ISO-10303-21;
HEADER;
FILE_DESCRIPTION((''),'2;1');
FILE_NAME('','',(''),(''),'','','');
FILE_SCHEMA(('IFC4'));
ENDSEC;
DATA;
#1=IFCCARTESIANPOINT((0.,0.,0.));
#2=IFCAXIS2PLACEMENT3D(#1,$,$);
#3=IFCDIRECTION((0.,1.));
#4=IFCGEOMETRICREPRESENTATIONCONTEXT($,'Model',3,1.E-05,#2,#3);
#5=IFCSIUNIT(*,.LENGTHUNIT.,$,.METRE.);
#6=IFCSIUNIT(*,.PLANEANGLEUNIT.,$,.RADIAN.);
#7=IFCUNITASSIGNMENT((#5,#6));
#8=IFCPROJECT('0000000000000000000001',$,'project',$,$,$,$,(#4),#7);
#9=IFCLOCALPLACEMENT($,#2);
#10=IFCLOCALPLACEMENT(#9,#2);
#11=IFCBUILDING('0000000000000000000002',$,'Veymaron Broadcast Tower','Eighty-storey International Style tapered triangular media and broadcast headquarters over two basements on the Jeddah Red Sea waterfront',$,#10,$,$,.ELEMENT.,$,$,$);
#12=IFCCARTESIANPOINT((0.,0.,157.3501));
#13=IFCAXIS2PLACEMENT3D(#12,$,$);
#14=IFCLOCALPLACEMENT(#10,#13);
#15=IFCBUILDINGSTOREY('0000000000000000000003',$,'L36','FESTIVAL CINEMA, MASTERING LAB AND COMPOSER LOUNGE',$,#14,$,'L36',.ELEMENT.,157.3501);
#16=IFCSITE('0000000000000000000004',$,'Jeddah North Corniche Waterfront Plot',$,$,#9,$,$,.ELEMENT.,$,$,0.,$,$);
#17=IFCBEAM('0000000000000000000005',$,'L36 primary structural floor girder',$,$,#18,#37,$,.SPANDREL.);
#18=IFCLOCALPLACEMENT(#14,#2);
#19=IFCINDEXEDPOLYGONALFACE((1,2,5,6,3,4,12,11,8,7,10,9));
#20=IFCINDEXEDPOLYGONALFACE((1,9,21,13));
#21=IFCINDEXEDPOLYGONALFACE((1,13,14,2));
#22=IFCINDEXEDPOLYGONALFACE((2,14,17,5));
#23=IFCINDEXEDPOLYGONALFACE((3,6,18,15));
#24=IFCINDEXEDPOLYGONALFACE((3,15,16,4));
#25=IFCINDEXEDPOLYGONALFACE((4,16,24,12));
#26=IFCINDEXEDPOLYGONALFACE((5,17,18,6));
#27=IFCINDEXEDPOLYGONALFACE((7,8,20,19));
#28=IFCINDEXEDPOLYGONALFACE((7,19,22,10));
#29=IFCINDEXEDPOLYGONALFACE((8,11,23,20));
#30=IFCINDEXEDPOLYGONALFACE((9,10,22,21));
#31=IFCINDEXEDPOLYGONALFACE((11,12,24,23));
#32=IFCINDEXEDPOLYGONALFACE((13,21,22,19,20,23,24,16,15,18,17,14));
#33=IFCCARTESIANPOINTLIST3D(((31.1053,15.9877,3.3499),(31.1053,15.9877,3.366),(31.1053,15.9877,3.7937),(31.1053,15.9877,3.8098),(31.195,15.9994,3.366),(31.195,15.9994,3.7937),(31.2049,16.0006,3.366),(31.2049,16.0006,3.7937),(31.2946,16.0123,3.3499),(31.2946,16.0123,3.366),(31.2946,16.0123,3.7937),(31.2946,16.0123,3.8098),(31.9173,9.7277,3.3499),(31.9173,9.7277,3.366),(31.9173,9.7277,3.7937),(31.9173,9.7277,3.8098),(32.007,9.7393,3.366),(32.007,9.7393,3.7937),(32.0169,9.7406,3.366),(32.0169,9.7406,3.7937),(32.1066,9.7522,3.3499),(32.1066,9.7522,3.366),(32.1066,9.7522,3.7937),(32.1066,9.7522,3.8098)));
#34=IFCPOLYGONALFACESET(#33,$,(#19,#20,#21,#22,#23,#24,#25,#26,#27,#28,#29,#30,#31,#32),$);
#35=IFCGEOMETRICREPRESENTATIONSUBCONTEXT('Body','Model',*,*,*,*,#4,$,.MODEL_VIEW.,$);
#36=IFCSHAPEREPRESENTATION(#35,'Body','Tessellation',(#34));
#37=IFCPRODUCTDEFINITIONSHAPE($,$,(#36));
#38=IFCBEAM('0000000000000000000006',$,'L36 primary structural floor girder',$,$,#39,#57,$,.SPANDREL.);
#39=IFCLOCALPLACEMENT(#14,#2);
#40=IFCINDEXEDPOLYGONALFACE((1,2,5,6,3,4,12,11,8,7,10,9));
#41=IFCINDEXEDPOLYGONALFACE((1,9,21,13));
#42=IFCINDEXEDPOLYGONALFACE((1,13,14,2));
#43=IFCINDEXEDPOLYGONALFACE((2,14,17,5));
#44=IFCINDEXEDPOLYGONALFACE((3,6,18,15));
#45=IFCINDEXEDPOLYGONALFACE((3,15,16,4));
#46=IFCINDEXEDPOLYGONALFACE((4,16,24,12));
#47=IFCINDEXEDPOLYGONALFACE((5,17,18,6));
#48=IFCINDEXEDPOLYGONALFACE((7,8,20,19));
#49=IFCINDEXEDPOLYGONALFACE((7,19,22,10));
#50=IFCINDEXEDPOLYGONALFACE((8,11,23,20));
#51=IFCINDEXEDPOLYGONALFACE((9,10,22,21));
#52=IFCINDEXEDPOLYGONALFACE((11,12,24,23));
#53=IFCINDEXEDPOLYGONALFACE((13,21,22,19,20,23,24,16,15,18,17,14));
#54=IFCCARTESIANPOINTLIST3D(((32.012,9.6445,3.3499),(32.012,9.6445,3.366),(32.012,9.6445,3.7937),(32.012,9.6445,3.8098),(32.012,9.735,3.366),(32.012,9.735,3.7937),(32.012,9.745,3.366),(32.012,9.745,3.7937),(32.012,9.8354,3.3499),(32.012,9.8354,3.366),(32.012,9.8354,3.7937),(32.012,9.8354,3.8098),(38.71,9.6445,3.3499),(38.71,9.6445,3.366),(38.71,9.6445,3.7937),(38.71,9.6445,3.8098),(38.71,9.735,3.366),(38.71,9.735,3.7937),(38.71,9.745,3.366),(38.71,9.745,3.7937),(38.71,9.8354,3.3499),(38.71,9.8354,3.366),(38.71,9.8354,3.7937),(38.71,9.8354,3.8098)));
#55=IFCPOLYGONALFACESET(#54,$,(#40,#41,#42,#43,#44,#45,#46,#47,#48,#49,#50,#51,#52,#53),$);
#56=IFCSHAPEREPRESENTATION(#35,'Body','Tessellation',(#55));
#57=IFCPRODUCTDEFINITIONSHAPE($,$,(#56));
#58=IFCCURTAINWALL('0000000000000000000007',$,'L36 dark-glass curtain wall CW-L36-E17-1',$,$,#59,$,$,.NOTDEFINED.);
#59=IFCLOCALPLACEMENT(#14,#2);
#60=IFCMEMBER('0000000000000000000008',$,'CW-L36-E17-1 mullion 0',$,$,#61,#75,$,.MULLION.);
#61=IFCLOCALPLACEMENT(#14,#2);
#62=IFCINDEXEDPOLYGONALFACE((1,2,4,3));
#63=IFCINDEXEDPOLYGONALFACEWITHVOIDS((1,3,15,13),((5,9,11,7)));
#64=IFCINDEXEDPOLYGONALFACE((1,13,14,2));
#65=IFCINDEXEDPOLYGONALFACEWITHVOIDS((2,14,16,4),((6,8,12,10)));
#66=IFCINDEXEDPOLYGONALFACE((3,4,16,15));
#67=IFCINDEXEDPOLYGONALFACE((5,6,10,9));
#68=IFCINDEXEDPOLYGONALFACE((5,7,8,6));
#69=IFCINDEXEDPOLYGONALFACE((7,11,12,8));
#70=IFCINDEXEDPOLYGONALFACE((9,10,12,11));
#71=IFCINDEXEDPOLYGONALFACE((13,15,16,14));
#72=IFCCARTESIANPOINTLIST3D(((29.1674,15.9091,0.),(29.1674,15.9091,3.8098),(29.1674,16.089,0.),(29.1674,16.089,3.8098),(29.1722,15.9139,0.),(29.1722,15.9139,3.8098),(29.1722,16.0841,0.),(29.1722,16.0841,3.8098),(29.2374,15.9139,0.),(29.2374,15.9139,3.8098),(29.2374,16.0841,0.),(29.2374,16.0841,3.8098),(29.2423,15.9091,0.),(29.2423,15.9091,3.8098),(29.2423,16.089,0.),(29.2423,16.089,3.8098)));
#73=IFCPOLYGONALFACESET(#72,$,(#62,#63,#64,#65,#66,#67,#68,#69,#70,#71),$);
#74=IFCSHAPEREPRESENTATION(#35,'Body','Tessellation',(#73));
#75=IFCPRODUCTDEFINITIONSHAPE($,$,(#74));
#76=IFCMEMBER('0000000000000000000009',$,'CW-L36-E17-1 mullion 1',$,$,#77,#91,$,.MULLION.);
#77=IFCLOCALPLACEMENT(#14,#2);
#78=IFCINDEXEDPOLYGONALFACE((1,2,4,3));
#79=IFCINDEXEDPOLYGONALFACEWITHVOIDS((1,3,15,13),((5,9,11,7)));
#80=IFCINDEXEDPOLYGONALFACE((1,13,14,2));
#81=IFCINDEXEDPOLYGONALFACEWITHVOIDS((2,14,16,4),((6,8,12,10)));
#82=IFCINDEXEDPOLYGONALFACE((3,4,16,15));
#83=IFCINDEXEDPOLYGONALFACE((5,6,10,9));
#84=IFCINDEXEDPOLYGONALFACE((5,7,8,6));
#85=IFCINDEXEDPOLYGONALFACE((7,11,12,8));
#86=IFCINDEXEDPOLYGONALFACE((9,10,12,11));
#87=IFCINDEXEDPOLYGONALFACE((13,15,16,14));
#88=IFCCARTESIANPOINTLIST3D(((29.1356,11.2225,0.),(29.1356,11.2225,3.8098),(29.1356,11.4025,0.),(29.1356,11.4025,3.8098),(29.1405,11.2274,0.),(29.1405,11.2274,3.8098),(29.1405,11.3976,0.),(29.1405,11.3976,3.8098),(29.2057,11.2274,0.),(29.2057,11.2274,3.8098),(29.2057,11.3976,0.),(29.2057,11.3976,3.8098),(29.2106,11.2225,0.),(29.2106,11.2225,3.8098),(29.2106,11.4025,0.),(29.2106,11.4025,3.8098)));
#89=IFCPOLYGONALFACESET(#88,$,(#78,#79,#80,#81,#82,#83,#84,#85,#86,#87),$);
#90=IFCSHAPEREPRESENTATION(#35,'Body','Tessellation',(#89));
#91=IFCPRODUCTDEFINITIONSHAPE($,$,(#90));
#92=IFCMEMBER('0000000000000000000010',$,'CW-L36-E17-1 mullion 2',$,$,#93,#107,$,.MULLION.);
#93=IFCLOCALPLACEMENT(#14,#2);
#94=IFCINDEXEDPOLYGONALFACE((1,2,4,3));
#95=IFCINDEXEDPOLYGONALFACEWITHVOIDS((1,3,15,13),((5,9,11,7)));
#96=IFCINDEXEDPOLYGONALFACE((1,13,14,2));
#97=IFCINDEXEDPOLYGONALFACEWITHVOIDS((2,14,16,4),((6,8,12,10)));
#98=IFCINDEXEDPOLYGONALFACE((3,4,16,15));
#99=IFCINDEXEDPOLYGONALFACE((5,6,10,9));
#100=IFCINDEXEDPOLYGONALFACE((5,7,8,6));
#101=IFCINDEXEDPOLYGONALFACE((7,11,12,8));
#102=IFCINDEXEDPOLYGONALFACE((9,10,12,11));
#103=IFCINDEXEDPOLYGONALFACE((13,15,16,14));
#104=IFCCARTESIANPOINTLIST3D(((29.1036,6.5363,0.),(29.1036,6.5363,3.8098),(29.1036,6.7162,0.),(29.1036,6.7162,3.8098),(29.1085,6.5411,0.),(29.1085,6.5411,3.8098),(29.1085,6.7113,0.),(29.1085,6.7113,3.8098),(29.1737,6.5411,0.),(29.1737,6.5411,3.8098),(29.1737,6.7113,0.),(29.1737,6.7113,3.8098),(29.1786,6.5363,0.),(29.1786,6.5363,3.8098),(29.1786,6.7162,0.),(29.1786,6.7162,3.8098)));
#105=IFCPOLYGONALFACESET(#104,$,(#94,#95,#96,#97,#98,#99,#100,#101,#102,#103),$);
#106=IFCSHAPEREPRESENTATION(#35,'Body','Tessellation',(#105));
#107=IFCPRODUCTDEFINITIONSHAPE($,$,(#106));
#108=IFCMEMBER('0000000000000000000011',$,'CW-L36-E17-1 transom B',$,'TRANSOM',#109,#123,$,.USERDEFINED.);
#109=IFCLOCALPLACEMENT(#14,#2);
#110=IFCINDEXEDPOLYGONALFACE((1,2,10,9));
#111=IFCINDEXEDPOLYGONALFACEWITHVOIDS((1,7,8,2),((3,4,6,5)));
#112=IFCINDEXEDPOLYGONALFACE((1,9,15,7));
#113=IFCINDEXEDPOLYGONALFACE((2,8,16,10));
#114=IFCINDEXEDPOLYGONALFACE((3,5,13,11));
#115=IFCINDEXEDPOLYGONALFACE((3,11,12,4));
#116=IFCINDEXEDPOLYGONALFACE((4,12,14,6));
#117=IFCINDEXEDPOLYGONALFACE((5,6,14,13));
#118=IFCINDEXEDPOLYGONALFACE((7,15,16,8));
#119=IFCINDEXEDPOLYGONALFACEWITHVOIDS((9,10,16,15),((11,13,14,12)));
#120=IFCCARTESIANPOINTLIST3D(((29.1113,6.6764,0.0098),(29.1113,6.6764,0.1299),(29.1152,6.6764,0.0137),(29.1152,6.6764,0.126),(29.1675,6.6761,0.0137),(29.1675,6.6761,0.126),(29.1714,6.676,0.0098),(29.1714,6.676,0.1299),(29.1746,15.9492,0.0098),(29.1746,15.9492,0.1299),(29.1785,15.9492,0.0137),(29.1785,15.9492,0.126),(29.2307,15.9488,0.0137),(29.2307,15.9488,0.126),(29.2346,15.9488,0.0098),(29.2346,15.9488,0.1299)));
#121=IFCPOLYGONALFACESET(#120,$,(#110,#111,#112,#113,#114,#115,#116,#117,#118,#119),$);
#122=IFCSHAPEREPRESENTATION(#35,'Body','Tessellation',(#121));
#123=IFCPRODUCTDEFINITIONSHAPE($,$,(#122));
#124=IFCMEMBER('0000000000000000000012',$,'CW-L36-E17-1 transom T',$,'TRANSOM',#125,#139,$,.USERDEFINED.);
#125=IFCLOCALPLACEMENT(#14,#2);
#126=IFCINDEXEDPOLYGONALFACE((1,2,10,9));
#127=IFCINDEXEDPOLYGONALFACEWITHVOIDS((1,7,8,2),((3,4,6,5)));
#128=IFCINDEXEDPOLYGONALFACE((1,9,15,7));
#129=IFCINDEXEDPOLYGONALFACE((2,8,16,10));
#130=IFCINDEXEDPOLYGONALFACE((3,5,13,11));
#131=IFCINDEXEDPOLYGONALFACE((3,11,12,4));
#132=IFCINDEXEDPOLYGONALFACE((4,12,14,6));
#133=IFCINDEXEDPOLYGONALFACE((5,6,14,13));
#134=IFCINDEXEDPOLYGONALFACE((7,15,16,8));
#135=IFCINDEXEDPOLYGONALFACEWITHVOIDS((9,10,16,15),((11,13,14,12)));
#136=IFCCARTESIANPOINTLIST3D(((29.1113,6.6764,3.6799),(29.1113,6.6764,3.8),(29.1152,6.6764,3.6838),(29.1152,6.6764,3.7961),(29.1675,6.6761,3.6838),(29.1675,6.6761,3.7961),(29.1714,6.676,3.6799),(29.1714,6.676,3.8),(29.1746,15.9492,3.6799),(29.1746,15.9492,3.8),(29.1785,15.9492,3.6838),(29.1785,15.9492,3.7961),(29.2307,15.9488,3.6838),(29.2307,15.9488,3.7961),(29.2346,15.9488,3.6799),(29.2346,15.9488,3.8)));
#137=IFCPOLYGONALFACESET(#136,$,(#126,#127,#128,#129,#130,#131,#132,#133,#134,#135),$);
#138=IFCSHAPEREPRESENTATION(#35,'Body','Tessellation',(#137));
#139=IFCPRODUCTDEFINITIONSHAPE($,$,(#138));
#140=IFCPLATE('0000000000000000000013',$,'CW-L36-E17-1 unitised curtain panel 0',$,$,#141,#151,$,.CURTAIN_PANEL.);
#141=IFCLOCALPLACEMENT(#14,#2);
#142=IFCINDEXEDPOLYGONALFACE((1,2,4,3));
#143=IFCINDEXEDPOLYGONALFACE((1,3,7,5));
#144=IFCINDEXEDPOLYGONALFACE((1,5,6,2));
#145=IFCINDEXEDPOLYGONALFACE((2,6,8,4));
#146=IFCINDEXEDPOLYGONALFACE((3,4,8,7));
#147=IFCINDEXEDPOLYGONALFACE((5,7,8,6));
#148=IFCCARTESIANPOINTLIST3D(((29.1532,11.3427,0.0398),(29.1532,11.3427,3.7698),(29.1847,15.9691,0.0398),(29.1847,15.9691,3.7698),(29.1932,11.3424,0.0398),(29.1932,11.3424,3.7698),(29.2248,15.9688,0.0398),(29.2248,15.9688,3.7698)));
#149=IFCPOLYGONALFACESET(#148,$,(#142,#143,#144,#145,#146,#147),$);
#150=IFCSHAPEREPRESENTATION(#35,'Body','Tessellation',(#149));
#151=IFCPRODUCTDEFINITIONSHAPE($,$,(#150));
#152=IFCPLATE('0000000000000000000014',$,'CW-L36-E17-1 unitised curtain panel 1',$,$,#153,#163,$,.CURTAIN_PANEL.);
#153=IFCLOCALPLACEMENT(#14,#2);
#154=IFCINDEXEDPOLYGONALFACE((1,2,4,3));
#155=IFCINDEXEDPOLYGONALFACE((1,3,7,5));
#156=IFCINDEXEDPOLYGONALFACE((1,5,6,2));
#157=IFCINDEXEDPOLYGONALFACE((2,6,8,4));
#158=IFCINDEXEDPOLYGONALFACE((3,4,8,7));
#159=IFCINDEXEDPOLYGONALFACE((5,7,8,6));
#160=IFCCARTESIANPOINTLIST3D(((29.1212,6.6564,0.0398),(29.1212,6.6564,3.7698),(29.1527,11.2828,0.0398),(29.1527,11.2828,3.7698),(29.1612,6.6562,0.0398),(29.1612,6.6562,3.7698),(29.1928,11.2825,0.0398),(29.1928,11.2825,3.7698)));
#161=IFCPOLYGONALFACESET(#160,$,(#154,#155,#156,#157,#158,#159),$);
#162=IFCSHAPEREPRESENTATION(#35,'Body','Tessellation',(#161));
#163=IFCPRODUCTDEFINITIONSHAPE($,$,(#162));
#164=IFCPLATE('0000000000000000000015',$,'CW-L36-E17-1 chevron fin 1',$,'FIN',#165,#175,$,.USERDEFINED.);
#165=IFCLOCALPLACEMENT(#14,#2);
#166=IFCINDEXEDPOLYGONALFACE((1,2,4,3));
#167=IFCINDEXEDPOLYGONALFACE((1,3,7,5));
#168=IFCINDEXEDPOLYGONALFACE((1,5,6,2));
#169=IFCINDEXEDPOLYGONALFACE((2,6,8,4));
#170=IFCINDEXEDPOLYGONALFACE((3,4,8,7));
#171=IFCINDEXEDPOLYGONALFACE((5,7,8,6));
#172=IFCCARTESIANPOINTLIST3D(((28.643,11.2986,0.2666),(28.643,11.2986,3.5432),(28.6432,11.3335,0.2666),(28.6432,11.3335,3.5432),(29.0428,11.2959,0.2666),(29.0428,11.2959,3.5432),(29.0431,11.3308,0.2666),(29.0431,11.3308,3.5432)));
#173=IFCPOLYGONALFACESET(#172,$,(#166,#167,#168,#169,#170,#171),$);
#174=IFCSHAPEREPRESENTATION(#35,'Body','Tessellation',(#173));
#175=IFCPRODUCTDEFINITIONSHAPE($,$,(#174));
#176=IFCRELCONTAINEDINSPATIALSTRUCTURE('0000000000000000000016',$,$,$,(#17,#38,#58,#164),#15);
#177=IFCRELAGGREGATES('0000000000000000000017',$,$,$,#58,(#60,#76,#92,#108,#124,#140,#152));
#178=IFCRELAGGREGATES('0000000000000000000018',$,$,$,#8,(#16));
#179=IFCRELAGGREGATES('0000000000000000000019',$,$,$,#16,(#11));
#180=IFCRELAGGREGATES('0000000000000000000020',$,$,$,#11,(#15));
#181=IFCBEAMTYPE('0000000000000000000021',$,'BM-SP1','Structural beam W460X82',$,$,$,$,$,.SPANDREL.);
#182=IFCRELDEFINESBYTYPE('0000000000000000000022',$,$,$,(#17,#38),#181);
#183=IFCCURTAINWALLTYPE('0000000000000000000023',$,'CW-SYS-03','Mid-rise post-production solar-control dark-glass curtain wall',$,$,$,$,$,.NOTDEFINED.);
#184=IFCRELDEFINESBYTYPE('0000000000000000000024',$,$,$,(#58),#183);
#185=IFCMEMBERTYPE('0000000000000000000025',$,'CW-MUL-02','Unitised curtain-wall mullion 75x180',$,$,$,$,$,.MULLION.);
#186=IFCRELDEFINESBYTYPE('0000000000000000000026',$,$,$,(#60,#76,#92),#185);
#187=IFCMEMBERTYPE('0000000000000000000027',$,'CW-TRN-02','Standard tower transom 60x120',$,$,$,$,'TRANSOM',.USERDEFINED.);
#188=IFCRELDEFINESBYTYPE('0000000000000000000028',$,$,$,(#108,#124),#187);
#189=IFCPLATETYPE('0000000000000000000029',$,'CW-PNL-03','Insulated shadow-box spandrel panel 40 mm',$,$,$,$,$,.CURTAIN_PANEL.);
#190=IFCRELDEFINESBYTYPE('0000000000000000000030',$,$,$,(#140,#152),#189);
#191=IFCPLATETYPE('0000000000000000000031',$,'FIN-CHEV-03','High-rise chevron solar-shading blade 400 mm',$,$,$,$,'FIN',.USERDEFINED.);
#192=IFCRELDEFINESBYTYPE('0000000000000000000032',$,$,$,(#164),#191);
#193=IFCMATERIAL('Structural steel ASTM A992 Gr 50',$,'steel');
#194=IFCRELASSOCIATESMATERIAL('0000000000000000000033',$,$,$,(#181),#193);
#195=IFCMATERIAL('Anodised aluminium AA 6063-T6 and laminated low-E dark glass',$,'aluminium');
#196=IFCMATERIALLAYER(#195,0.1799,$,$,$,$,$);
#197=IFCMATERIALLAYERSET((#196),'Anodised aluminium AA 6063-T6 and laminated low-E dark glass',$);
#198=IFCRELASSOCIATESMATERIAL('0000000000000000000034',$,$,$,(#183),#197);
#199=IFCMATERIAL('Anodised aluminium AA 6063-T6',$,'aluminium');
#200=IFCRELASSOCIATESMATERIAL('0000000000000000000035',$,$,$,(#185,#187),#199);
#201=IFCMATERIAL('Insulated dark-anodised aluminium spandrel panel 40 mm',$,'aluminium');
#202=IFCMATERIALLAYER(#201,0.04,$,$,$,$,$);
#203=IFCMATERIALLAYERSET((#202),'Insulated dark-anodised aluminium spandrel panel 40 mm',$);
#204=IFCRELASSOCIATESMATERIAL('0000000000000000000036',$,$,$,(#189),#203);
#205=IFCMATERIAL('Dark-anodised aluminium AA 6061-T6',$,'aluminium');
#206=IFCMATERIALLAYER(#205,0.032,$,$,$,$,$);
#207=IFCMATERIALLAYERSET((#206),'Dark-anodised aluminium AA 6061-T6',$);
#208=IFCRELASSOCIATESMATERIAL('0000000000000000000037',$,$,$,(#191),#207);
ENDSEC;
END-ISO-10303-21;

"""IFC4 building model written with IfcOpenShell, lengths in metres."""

from ifc_helpers import new_model, si_unit, direction, frame, origin, origin_2d, place, context, subcontext, project, spatial, rectangle, hollow_rectangle, i_section, extrude, material, layer, layer_set, material_profile, profile_set, type_object, element, aggregate, save


model = new_model("IFC4")

# Units and contexts
model_context = context("Model", 3, precision=1e-05, world=origin(), true_north=direction((0.0, 1.0)))
body_context = subcontext(model_context, "Body", "Model", "MODEL_VIEW")
ifc_project = project(units=[si_unit("LENGTHUNIT", "METRE"), si_unit("PLANEANGLEUNIT", "RADIAN")], contexts=[model_context])

# Site, building, storey
site_placement = place(None, origin())
site = spatial("IfcSite", under=ifc_project, at=site_placement, Name="Jeddah North Corniche Waterfront Plot", CompositionType="ELEMENT", RefElevation=0.0)
building_placement = place(site_placement, origin())
building = spatial("IfcBuilding", under=site, at=building_placement, Name="Veymaron Broadcast Tower", Description="Eighty-storey International Style tapered triangular media and broadcast headquarters over two basements on the Jeddah Red Sea waterfront", CompositionType="ELEMENT")
storey_placement = place(building_placement, frame((0.0, 0.0, 157.3501)))
storey = spatial("IfcBuildingStorey", under=building, at=storey_placement, Name="L36", Description="FESTIVAL CINEMA, MASTERING LAB AND COMPOSER LOUNGE", LongName="L36", CompositionType="ELEMENT", Elevation=157.3501)

# Shared definitions
ifc_material_1 = material(Name="Structural steel ASTM A992 Gr 50", Category="steel")

# Beams
ifc_material_profile_1 = material_profile(ifc_material_1, i_section(OverallWidth=0.1909, OverallDepth=0.46, WebThickness=0.01, FlangeThickness=0.0161, at=origin_2d()), Name="W460X82")
ifc_profile_set_1 = profile_set([ifc_material_profile_1], Name="Structural steel ASTM A992 Gr 50")
beam_type_1 = type_object("IfcBeamType", Name="BM-SP1", Description="Structural beam W460X82", PredefinedType="SPANDREL", material=ifc_profile_set_1)
beam_1_placement = place(storey_placement, frame((31.2, 16.0, 3.5798), z_axis=(0.128636, -0.991692, 0.0), x_axis=(0.991692, 0.128636, 0.0)))
element("IfcBeam", 1, at=beam_1_placement, inside=storey, type_object=beam_type_1, Name="L36 primary structural floor girder", PredefinedType="SPANDREL", context=body_context, shape_type="SweptSolid", body=[
    extrude(i_section(OverallWidth=0.1909, OverallDepth=0.46, WebThickness=0.01, FlangeThickness=0.0161, at=origin_2d()), origin(), (0.0, 0.0, 1.0), 6.3125),
])
beam_2_placement = place(storey_placement, frame((32.012, 9.74, 3.5798), z_axis=(1.0, 0.0, 0.0), x_axis=(0.0, 1.0, 0.0)))
element("IfcBeam", 2, at=beam_2_placement, inside=storey, type_object=beam_type_1, Name="L36 primary structural floor girder", PredefinedType="SPANDREL", context=body_context, shape_type="SweptSolid", body=[
    extrude(i_section(OverallWidth=0.1909, OverallDepth=0.46, WebThickness=0.01, FlangeThickness=0.0161, at=origin_2d()), origin(), (0.0, 0.0, 1.0), 6.698),
])

# Curtain wall, members, plates
ifc_material_2 = material(Name="Anodised aluminium AA 6063-T6 and laminated low-E dark glass", Category="aluminium")
ifc_layer_1 = layer(ifc_material_2, 0.1799)
ifc_layer_set_1 = layer_set([ifc_layer_1], Name="Anodised aluminium AA 6063-T6 and laminated low-E dark glass")
curtain_wall_type = type_object("IfcCurtainWallType", Name="CW-SYS-03", Description="Mid-rise post-production solar-control dark-glass curtain wall", PredefinedType="NOTDEFINED", material=ifc_layer_set_1)
curtain_wall_placement = place(storey_placement, origin())
curtain_wall = element("IfcCurtainWall", 3, at=curtain_wall_placement, inside=storey, type_object=curtain_wall_type, Name="L36 dark-glass curtain wall CW-L36-E17-1", PredefinedType="NOTDEFINED")
ifc_material_3 = material(Name="Anodised aluminium AA 6063-T6", Category="aluminium")
ifc_material_profile_2 = material_profile(ifc_material_3, hollow_rectangle(XDim=0.075, YDim=0.1799, WallThickness=0.0049, at=origin_2d()), Name="AL180X75X5")
ifc_profile_set_2 = profile_set([ifc_material_profile_2], Name="Anodised aluminium AA 6063-T6")
member_type_1 = type_object("IfcMemberType", Name="CW-MUL-02", Description="Unitised curtain-wall mullion 75x180", PredefinedType="MULLION", material=ifc_profile_set_2)
member_1_placement = place(storey_placement, frame((29.2048, 15.999, 0.0), z_axis=(0.0, 0.0, 1.0), x_axis=(1.0, 0.0, 0.0)))
member_1 = element("IfcMember", 4, at=member_1_placement, type_object=member_type_1, Name="CW-L36-E17-1 mullion 0", PredefinedType="MULLION", context=body_context, shape_type="SweptSolid", body=[
    extrude(hollow_rectangle(XDim=0.075, YDim=0.1799, WallThickness=0.0049, at=origin_2d()), origin(), (0.0, 0.0, 1.0), 3.8098),
])
member_2_placement = place(storey_placement, frame((29.1731, 11.3125, 0.0), z_axis=(0.0, 0.0, 1.0), x_axis=(1.0, 0.0, 0.0)))
member_2 = element("IfcMember", 5, at=member_2_placement, type_object=member_type_1, Name="CW-L36-E17-1 mullion 1", PredefinedType="MULLION", context=body_context, shape_type="SweptSolid", body=[
    extrude(hollow_rectangle(XDim=0.075, YDim=0.1799, WallThickness=0.0049, at=origin_2d()), origin(), (0.0, 0.0, 1.0), 3.8098),
])
member_3_placement = place(storey_placement, frame((29.1411, 6.6262, 0.0), z_axis=(0.0, 0.0, 1.0), x_axis=(1.0, 0.0, 0.0)))
member_3 = element("IfcMember", 6, at=member_3_placement, type_object=member_type_1, Name="CW-L36-E17-1 mullion 2", PredefinedType="MULLION", context=body_context, shape_type="SweptSolid", body=[
    extrude(hollow_rectangle(XDim=0.075, YDim=0.1799, WallThickness=0.0049, at=origin_2d()), origin(), (0.0, 0.0, 1.0), 3.8098),
])
ifc_material_profile_3 = material_profile(ifc_material_3, hollow_rectangle(XDim=0.0601, YDim=0.1201, WallThickness=0.0039, at=origin_2d()), Name="AL120X60X4")
ifc_profile_set_3 = profile_set([ifc_material_profile_3], Name="Anodised aluminium AA 6063-T6")
member_type_2 = type_object("IfcMemberType", Name="CW-TRN-02", Description="Standard tower transom 60x120", ElementType="TRANSOM", PredefinedType="USERDEFINED", material=ifc_profile_set_3)
member_4_placement = place(storey_placement, frame((29.2046, 15.949, 0.0698), z_axis=(-0.006819, -0.999977, 0.0), x_axis=(0.999977, -0.006819, 0.0)))
member_4 = element("IfcMember", 7, at=member_4_placement, type_object=member_type_2, Name="CW-L36-E17-1 transom B", ObjectType="TRANSOM", PredefinedType="USERDEFINED", context=body_context, shape_type="SweptSolid", body=[
    extrude(hollow_rectangle(XDim=0.0601, YDim=0.1201, WallThickness=0.0039, at=origin_2d()), origin(), (0.0, 0.0, 1.0), 9.2729),
])
member_5_placement = place(storey_placement, frame((29.2046, 15.949, 3.74), z_axis=(-0.006819, -0.999977, 0.0), x_axis=(0.999977, -0.006819, 0.0)))
member_5 = element("IfcMember", 8, at=member_5_placement, type_object=member_type_2, Name="CW-L36-E17-1 transom T", ObjectType="TRANSOM", PredefinedType="USERDEFINED", context=body_context, shape_type="SweptSolid", body=[
    extrude(hollow_rectangle(XDim=0.0601, YDim=0.1201, WallThickness=0.0039, at=origin_2d()), origin(), (0.0, 0.0, 1.0), 9.2729),
])
ifc_material_4 = material(Name="Insulated dark-anodised aluminium spandrel panel 40 mm", Category="aluminium")
ifc_layer_2 = layer(ifc_material_4, 0.04)
ifc_layer_set_2 = layer_set([ifc_layer_2], Name="Insulated dark-anodised aluminium spandrel panel 40 mm")
plate_type_1 = type_object("IfcPlateType", Name="CW-PNL-03", Description="Insulated shadow-box spandrel panel 40 mm", PredefinedType="CURTAIN_PANEL", material=ifc_layer_set_2)
plate_1_placement = place(storey_placement, frame((29.189, 13.6558, 0.0398), z_axis=(0.0, 0.0, 1.0), x_axis=(-0.006824, -0.999977, 0.0)))
plate_1 = element("IfcPlate", 9, at=plate_1_placement, type_object=plate_type_1, Name="CW-L36-E17-1 unitised curtain panel 0", PredefinedType="CURTAIN_PANEL", context=body_context, shape_type="SweptSolid", body=[
    extrude(rectangle(XDim=4.6265, YDim=0.04, at=origin_2d()), origin(), (0.0, 0.0, 1.0), 3.73),
])
plate_2_placement = place(storey_placement, frame((29.157, 8.9695, 0.0398), z_axis=(0.0, 0.0, 1.0), x_axis=(-0.006824, -0.999977, 0.0)))
plate_2 = element("IfcPlate", 10, at=plate_2_placement, type_object=plate_type_1, Name="CW-L36-E17-1 unitised curtain panel 1", PredefinedType="CURTAIN_PANEL", context=body_context, shape_type="SweptSolid", body=[
    extrude(rectangle(XDim=4.6265, YDim=0.04, at=origin_2d()), origin(), (0.0, 0.0, 1.0), 3.73),
])
aggregate(curtain_wall, [member_1, member_2, member_3, member_4, member_5, plate_1, plate_2])

# Plate
ifc_material_5 = material(Name="Dark-anodised aluminium AA 6061-T6", Category="aluminium")
ifc_layer_3 = layer(ifc_material_5, 0.032)
ifc_layer_set_3 = layer_set([ifc_layer_3], Name="Dark-anodised aluminium AA 6061-T6")
plate_type_2 = type_object("IfcPlateType", Name="FIN-CHEV-03", Description="High-rise chevron solar-shading blade 400 mm", ElementType="FIN", PredefinedType="USERDEFINED", material=ifc_layer_set_3)
plate_3_placement = place(storey_placement, frame((28.843, 11.3147, 0.2666), z_axis=(0.0, 0.0, 1.0), x_axis=(-0.999977, 0.006824, 0.0)))
element("IfcPlate", 11, at=plate_3_placement, inside=storey, type_object=plate_type_2, Name="CW-L36-E17-1 chevron fin 1", ObjectType="FIN", PredefinedType="USERDEFINED", context=body_context, shape_type="SweptSolid", body=[
    extrude(rectangle(XDim=0.3999, YDim=0.0349, at=origin_2d()), origin(), (0.0, 0.0, 1.0), 3.2766),
])

save(model, "model.ifc")
